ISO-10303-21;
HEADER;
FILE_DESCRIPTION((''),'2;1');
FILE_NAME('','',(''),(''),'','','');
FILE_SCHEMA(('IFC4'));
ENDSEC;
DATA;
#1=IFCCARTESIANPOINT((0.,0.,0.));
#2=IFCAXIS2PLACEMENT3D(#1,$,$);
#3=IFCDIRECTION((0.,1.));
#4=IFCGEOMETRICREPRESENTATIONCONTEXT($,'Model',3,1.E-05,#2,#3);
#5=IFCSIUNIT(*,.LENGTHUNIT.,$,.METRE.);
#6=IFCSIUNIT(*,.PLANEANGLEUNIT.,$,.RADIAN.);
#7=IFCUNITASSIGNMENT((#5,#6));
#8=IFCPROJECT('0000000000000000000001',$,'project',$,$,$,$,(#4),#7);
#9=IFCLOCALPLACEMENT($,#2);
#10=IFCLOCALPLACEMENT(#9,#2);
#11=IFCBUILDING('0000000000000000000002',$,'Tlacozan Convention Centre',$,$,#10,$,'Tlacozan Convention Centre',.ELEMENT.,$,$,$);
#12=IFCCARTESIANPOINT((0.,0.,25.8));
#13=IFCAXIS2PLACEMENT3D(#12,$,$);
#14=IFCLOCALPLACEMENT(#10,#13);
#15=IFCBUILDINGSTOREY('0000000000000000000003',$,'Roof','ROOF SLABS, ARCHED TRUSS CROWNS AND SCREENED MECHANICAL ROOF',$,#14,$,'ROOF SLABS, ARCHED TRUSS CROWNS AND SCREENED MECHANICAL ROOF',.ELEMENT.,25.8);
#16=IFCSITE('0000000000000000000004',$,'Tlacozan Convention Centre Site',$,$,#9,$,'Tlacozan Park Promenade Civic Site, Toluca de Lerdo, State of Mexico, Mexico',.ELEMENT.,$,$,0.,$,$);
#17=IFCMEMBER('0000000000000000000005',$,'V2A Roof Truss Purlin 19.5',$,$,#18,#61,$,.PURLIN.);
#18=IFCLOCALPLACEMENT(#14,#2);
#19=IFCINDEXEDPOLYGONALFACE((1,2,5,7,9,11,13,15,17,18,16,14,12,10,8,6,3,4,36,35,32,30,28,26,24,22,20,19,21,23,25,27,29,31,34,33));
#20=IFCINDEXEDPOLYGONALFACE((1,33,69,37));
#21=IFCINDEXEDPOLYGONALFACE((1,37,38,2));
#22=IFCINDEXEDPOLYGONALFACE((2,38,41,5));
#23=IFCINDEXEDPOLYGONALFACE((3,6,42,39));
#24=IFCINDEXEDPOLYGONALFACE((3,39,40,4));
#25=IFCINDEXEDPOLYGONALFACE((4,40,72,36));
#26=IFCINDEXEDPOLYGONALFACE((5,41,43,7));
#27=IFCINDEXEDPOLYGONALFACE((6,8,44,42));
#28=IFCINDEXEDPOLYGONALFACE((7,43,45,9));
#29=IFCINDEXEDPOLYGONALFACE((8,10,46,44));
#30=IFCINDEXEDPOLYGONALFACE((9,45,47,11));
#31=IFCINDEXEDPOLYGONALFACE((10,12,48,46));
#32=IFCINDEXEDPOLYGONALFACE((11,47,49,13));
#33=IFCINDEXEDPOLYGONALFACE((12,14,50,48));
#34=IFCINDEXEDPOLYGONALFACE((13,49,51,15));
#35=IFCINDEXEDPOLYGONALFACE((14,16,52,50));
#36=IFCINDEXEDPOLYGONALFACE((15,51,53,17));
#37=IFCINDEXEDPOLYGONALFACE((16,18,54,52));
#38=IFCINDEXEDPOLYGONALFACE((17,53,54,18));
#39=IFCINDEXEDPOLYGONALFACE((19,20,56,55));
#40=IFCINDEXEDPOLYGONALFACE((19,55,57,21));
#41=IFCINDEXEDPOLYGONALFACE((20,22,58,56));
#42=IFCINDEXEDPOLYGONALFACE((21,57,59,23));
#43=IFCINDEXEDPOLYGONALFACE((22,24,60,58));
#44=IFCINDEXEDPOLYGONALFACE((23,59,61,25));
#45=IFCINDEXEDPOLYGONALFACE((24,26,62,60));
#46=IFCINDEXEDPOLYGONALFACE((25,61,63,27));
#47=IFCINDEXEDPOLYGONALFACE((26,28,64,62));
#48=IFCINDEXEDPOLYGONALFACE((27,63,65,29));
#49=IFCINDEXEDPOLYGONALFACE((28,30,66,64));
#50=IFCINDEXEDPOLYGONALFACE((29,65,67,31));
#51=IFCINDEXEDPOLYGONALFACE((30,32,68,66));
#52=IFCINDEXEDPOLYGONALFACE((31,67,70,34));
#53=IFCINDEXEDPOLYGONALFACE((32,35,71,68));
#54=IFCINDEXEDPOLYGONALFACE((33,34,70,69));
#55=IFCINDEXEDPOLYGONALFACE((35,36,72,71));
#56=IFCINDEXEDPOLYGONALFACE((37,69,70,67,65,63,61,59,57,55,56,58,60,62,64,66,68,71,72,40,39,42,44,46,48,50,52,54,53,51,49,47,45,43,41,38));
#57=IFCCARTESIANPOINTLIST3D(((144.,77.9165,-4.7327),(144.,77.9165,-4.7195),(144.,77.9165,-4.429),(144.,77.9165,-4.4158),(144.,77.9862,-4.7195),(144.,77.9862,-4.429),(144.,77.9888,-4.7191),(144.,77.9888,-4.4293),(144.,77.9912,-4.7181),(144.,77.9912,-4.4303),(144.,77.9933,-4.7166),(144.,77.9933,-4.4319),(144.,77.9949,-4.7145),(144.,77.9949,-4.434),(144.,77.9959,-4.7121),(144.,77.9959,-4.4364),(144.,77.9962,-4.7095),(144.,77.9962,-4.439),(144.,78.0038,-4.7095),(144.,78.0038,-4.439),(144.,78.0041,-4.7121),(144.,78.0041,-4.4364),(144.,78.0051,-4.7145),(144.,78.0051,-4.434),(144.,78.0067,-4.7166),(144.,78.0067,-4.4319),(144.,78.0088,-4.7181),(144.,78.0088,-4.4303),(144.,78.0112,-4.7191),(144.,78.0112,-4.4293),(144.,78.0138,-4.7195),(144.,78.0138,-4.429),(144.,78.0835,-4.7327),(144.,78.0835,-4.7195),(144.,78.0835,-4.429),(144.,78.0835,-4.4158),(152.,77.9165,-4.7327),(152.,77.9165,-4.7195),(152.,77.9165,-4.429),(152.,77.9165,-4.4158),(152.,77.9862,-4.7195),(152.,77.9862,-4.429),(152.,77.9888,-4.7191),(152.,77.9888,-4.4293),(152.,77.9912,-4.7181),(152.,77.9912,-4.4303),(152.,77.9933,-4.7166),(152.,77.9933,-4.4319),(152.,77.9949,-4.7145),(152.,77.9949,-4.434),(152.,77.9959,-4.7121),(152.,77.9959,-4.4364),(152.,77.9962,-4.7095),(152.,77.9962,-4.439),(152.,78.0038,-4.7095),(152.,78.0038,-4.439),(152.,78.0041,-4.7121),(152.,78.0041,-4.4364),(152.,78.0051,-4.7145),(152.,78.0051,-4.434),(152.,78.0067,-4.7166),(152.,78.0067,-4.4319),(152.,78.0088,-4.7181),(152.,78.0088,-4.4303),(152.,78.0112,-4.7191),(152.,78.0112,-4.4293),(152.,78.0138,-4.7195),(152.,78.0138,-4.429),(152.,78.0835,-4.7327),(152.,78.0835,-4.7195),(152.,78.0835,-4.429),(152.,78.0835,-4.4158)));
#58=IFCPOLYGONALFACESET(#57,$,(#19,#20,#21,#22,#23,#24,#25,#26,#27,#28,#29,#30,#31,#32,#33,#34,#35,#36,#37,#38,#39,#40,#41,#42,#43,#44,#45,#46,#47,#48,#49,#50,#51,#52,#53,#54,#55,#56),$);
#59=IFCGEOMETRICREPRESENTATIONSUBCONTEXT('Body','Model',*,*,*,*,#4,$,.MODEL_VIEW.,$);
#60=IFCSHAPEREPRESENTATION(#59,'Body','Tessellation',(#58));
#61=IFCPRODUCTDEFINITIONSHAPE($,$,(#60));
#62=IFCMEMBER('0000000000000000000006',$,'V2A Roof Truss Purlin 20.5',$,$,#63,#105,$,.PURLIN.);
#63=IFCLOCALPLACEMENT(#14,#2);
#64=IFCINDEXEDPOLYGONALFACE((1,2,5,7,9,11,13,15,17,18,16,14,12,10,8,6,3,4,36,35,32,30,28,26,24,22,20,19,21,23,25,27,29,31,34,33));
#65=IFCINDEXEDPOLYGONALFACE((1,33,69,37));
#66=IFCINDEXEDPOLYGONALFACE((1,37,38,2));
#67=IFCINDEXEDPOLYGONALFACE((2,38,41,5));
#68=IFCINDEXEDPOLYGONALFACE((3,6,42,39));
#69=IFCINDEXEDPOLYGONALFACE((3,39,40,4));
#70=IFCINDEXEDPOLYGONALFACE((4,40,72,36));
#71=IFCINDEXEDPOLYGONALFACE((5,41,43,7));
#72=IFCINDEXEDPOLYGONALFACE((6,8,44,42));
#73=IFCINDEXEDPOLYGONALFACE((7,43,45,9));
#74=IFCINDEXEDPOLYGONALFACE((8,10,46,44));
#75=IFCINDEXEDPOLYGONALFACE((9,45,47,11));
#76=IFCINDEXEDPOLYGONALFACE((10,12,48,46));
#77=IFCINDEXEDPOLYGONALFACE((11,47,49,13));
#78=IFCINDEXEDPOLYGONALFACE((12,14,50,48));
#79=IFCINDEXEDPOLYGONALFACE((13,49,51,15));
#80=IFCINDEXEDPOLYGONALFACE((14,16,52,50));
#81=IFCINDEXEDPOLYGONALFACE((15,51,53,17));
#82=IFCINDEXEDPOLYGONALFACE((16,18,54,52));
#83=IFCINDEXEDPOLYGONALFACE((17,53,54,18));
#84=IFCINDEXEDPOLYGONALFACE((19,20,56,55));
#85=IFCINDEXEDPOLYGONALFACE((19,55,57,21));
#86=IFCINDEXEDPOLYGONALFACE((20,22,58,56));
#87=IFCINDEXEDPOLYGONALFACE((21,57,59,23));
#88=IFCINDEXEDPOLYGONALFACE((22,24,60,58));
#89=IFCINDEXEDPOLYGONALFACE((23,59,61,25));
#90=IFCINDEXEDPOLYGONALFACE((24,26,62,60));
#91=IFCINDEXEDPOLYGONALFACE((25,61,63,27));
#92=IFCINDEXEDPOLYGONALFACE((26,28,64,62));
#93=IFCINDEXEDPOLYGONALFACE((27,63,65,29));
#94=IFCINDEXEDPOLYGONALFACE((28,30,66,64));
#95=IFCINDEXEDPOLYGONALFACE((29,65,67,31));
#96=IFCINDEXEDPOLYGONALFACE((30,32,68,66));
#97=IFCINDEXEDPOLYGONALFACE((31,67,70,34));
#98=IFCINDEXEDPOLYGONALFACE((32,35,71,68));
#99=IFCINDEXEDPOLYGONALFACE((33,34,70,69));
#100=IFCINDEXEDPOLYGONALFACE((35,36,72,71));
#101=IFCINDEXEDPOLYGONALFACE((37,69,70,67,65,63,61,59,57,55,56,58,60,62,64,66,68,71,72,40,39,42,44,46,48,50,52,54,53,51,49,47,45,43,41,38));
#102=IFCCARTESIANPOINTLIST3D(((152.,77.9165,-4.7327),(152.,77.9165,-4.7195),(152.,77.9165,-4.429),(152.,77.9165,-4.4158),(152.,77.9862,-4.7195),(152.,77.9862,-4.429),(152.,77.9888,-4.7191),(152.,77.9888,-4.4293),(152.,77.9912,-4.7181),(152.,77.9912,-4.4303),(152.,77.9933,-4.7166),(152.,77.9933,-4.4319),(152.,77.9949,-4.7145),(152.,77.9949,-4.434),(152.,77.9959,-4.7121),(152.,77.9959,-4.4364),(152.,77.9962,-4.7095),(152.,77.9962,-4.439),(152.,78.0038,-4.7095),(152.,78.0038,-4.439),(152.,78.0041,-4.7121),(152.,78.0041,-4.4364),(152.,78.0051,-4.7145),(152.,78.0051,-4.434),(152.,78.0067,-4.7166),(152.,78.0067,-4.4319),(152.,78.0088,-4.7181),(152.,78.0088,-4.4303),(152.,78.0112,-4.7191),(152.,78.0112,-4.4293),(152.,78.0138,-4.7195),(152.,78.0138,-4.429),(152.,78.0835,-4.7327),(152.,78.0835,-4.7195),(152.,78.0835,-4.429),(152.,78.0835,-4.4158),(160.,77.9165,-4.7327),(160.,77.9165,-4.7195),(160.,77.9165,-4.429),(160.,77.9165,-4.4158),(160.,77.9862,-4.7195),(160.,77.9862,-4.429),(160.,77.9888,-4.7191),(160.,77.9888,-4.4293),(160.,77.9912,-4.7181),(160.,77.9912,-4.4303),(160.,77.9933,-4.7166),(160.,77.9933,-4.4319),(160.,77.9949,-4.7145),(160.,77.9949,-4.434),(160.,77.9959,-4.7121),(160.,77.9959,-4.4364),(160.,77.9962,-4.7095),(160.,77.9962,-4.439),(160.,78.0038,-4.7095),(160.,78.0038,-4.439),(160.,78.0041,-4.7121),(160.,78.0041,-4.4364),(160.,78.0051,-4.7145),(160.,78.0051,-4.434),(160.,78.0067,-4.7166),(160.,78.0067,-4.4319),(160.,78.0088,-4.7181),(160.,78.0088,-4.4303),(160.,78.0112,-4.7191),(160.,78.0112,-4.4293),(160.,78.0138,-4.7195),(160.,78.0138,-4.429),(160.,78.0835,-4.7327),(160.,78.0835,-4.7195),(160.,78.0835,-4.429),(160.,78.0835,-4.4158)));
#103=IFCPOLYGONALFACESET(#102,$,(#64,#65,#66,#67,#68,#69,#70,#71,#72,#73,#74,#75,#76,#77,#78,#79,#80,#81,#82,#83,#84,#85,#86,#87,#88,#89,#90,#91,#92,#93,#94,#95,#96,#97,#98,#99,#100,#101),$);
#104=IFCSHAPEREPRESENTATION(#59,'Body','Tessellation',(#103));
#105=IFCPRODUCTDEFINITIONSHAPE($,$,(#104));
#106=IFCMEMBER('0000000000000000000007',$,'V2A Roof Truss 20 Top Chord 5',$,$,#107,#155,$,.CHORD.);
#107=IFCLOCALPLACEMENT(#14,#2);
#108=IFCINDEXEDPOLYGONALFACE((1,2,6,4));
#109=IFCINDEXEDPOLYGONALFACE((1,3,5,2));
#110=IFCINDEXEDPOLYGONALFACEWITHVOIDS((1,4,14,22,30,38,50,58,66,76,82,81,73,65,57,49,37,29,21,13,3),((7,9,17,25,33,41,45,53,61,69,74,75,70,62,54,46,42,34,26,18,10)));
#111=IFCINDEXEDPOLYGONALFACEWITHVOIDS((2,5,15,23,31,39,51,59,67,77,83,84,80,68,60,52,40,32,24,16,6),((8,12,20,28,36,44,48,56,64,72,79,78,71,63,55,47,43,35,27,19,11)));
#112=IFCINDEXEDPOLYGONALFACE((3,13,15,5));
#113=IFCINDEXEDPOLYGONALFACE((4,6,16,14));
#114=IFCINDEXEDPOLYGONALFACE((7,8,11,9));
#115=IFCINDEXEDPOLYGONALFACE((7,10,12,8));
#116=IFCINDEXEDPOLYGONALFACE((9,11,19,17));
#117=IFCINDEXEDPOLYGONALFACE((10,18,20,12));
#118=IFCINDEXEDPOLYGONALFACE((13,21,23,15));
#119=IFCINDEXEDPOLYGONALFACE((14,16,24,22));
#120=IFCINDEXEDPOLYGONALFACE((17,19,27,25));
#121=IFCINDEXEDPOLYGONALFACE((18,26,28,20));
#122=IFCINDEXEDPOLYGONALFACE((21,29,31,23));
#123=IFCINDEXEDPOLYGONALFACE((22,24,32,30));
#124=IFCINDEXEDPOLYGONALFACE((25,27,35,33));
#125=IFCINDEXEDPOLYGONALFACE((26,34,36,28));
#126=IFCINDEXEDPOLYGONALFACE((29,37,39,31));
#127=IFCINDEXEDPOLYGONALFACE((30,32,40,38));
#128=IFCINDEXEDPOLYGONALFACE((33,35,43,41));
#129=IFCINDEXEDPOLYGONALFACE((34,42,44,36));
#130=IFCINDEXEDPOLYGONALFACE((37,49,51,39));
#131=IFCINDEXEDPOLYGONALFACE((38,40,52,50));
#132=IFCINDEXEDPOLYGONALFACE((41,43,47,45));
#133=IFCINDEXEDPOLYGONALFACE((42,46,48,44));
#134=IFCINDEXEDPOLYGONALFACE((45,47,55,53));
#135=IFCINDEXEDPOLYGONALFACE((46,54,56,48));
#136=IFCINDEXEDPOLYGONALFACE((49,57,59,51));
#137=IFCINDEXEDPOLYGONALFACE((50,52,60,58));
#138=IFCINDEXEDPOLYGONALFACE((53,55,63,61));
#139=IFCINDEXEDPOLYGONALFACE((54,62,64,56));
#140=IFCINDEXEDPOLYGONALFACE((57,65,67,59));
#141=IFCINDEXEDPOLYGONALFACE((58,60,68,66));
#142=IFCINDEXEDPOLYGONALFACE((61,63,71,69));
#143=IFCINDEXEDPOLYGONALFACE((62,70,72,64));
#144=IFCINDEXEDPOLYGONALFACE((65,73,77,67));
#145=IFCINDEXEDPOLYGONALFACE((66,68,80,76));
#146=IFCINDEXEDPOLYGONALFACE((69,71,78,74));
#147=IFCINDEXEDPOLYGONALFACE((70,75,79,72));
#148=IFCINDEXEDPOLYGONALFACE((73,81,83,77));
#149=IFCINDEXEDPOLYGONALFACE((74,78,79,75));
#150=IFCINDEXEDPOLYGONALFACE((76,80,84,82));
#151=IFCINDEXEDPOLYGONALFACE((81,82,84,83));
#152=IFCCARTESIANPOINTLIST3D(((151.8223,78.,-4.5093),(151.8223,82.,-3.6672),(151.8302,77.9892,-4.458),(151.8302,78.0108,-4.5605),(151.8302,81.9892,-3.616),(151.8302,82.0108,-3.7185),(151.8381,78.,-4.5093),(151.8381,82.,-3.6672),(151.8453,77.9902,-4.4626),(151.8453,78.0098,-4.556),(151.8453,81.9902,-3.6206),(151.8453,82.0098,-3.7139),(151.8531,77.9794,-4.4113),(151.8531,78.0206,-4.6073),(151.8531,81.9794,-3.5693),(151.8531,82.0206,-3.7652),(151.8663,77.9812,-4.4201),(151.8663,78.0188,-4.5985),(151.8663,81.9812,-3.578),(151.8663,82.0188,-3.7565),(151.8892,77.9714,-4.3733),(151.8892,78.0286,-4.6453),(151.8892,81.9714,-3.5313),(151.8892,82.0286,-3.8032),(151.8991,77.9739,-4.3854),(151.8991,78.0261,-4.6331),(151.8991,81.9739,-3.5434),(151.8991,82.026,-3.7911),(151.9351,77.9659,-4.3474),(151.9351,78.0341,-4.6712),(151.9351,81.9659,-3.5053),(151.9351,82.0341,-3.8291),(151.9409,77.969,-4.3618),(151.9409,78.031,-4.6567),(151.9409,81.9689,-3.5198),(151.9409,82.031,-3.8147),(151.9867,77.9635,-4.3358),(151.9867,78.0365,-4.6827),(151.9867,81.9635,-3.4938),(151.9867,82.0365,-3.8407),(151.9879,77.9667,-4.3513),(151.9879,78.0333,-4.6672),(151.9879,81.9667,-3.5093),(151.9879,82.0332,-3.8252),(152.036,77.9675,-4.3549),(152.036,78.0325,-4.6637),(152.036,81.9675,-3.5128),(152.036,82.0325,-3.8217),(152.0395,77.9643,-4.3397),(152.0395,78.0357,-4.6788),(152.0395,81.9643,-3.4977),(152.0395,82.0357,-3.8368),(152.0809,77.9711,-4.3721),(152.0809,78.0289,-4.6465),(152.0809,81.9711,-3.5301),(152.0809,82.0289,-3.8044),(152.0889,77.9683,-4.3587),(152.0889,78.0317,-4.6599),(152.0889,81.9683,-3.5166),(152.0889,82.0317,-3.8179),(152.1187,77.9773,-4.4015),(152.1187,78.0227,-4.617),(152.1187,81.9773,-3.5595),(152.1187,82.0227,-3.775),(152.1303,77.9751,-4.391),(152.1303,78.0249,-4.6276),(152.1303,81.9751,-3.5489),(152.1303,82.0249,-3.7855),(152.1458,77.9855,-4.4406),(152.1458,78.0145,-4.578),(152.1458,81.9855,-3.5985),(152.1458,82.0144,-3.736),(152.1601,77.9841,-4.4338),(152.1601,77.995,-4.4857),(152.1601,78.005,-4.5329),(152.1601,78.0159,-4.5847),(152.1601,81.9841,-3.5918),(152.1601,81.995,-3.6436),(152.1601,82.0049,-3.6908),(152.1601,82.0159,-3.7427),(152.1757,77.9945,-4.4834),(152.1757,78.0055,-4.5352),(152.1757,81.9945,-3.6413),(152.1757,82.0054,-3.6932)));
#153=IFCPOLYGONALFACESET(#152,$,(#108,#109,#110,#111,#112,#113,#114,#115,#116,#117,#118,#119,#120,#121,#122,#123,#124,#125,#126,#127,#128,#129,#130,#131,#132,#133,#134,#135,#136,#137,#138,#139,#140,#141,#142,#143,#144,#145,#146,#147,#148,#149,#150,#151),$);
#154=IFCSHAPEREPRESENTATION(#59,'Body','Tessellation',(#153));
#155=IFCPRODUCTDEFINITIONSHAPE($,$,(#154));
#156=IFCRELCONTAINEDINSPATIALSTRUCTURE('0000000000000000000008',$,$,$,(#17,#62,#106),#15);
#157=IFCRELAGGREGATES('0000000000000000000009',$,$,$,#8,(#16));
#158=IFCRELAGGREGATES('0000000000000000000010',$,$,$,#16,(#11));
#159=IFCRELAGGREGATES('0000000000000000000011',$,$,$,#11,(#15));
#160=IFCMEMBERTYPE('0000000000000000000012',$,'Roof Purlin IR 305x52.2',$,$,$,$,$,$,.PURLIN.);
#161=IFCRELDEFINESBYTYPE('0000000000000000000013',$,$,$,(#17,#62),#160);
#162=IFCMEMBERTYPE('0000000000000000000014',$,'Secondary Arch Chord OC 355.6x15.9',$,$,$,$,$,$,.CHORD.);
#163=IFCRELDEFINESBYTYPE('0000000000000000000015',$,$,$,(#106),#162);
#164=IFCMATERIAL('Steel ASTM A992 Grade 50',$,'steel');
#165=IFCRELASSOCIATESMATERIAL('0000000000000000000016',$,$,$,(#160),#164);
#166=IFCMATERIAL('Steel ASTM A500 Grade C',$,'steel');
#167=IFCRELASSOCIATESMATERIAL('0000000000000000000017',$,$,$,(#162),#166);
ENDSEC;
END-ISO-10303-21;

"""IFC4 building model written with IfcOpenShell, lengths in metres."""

from ifc_helpers import new_model, si_unit, direction, frame, origin, origin_2d, place, context, subcontext, project, spatial, hollow_circle, i_section, extrude, material, material_profile, profile_set, type_object, element, save


model = new_model("IFC4")

# Units and contexts
model_context = context("Model", 3, precision=1e-05, world=origin(), true_north=direction((0.0, 1.0)))
body_context = subcontext(model_context, "Body", "Model", "MODEL_VIEW")
ifc_project = project(units=[si_unit("LENGTHUNIT", "METRE"), si_unit("PLANEANGLEUNIT", "RADIAN")], contexts=[model_context])

# Site, building, storey
site_placement = place(None, origin())
site = spatial("IfcSite", under=ifc_project, at=site_placement, Name="Tlacozan Convention Centre Site", LongName="Tlacozan Park Promenade Civic Site, Toluca de Lerdo, State of Mexico, Mexico", CompositionType="ELEMENT", RefElevation=0.0)
building_placement = place(site_placement, origin())
building = spatial("IfcBuilding", under=site, at=building_placement, Name="Tlacozan Convention Centre", LongName="Tlacozan Convention Centre", CompositionType="ELEMENT")
storey_placement = place(building_placement, frame((0.0, 0.0, 25.8)))
storey = spatial("IfcBuildingStorey", under=building, at=storey_placement, Name="Roof", Description="ROOF SLABS, ARCHED TRUSS CROWNS AND SCREENED MECHANICAL ROOF", LongName="ROOF SLABS, ARCHED TRUSS CROWNS AND SCREENED MECHANICAL ROOF", CompositionType="ELEMENT", Elevation=25.8)

# Members
ifc_material_1 = material(Name="Steel ASTM A500 Grade C", Category="steel")
ifc_material_2 = material(Name="Steel ASTM A992 Grade 50", Category="steel")
ifc_material_profile_1 = material_profile(ifc_material_2, i_section(OverallWidth=0.167, OverallDepth=0.3169, WebThickness=0.0076, FlangeThickness=0.0132, FilletRadius=0.01, at=origin_2d()), Name="IR 305x52.2")
ifc_profile_set_1 = profile_set([ifc_material_profile_1], Name="Steel ASTM A992 Grade 50")
member_type_1 = type_object("IfcMemberType", Name="Roof Purlin IR 305x52.2", PredefinedType="PURLIN", material=ifc_profile_set_1)
for number, where, z_axis, x_axis, name in (
    (1, (144.0, 78.0, -4.5742), (1.0, 0.0, 0.0), (0.0, 1.0, 0.0), "V2A Roof Truss Purlin 19.5"),
    (2, (152.0, 78.0, -4.5742), (1.0, 0.0, 0.0), (0.0, 1.0, 0.0), "V2A Roof Truss Purlin 20.5"),
):
    element("IfcMember", number, at=place(storey_placement, frame(where, z_axis=z_axis, x_axis=x_axis)), inside=storey, type_object=member_type_1, Name=name, PredefinedType="PURLIN", context=body_context, shape_type="SweptSolid", body=[
        extrude(i_section(OverallWidth=0.167, OverallDepth=0.3169, WebThickness=0.0076, FlangeThickness=0.0132, FilletRadius=0.01, at=origin_2d()), origin(), (0.0, 0.0, 1.0), 8.0),
    ])
ifc_material_profile_2 = material_profile(ifc_material_1, hollow_circle(Radius=0.1777, WallThickness=0.0159, at=origin_2d()), Name="OC 355.6x15.9")
ifc_profile_set_2 = profile_set([ifc_material_profile_2], Name="Steel ASTM A500 Grade C")
member_type_2 = type_object("IfcMemberType", Name="Secondary Arch Chord OC 355.6x15.9", PredefinedType="CHORD", material=ifc_profile_set_2)
member_1_placement = place(storey_placement, frame((152.0, 78.0, -4.5093), z_axis=(0.0, 0.978553, 0.205995), x_axis=(-1.0, 0.0, 0.0)))
element("IfcMember", 3, at=member_1_placement, inside=storey, type_object=member_type_2, Name="V2A Roof Truss 20 Top Chord 5", PredefinedType="CHORD", context=body_context, shape_type="SweptSolid", body=[
    extrude(hollow_circle(Radius=0.1777, WallThickness=0.0159, at=origin_2d()), origin(), (0.0, 0.0, 1.0), 4.0876),
])

save(model, "model.ifc")
